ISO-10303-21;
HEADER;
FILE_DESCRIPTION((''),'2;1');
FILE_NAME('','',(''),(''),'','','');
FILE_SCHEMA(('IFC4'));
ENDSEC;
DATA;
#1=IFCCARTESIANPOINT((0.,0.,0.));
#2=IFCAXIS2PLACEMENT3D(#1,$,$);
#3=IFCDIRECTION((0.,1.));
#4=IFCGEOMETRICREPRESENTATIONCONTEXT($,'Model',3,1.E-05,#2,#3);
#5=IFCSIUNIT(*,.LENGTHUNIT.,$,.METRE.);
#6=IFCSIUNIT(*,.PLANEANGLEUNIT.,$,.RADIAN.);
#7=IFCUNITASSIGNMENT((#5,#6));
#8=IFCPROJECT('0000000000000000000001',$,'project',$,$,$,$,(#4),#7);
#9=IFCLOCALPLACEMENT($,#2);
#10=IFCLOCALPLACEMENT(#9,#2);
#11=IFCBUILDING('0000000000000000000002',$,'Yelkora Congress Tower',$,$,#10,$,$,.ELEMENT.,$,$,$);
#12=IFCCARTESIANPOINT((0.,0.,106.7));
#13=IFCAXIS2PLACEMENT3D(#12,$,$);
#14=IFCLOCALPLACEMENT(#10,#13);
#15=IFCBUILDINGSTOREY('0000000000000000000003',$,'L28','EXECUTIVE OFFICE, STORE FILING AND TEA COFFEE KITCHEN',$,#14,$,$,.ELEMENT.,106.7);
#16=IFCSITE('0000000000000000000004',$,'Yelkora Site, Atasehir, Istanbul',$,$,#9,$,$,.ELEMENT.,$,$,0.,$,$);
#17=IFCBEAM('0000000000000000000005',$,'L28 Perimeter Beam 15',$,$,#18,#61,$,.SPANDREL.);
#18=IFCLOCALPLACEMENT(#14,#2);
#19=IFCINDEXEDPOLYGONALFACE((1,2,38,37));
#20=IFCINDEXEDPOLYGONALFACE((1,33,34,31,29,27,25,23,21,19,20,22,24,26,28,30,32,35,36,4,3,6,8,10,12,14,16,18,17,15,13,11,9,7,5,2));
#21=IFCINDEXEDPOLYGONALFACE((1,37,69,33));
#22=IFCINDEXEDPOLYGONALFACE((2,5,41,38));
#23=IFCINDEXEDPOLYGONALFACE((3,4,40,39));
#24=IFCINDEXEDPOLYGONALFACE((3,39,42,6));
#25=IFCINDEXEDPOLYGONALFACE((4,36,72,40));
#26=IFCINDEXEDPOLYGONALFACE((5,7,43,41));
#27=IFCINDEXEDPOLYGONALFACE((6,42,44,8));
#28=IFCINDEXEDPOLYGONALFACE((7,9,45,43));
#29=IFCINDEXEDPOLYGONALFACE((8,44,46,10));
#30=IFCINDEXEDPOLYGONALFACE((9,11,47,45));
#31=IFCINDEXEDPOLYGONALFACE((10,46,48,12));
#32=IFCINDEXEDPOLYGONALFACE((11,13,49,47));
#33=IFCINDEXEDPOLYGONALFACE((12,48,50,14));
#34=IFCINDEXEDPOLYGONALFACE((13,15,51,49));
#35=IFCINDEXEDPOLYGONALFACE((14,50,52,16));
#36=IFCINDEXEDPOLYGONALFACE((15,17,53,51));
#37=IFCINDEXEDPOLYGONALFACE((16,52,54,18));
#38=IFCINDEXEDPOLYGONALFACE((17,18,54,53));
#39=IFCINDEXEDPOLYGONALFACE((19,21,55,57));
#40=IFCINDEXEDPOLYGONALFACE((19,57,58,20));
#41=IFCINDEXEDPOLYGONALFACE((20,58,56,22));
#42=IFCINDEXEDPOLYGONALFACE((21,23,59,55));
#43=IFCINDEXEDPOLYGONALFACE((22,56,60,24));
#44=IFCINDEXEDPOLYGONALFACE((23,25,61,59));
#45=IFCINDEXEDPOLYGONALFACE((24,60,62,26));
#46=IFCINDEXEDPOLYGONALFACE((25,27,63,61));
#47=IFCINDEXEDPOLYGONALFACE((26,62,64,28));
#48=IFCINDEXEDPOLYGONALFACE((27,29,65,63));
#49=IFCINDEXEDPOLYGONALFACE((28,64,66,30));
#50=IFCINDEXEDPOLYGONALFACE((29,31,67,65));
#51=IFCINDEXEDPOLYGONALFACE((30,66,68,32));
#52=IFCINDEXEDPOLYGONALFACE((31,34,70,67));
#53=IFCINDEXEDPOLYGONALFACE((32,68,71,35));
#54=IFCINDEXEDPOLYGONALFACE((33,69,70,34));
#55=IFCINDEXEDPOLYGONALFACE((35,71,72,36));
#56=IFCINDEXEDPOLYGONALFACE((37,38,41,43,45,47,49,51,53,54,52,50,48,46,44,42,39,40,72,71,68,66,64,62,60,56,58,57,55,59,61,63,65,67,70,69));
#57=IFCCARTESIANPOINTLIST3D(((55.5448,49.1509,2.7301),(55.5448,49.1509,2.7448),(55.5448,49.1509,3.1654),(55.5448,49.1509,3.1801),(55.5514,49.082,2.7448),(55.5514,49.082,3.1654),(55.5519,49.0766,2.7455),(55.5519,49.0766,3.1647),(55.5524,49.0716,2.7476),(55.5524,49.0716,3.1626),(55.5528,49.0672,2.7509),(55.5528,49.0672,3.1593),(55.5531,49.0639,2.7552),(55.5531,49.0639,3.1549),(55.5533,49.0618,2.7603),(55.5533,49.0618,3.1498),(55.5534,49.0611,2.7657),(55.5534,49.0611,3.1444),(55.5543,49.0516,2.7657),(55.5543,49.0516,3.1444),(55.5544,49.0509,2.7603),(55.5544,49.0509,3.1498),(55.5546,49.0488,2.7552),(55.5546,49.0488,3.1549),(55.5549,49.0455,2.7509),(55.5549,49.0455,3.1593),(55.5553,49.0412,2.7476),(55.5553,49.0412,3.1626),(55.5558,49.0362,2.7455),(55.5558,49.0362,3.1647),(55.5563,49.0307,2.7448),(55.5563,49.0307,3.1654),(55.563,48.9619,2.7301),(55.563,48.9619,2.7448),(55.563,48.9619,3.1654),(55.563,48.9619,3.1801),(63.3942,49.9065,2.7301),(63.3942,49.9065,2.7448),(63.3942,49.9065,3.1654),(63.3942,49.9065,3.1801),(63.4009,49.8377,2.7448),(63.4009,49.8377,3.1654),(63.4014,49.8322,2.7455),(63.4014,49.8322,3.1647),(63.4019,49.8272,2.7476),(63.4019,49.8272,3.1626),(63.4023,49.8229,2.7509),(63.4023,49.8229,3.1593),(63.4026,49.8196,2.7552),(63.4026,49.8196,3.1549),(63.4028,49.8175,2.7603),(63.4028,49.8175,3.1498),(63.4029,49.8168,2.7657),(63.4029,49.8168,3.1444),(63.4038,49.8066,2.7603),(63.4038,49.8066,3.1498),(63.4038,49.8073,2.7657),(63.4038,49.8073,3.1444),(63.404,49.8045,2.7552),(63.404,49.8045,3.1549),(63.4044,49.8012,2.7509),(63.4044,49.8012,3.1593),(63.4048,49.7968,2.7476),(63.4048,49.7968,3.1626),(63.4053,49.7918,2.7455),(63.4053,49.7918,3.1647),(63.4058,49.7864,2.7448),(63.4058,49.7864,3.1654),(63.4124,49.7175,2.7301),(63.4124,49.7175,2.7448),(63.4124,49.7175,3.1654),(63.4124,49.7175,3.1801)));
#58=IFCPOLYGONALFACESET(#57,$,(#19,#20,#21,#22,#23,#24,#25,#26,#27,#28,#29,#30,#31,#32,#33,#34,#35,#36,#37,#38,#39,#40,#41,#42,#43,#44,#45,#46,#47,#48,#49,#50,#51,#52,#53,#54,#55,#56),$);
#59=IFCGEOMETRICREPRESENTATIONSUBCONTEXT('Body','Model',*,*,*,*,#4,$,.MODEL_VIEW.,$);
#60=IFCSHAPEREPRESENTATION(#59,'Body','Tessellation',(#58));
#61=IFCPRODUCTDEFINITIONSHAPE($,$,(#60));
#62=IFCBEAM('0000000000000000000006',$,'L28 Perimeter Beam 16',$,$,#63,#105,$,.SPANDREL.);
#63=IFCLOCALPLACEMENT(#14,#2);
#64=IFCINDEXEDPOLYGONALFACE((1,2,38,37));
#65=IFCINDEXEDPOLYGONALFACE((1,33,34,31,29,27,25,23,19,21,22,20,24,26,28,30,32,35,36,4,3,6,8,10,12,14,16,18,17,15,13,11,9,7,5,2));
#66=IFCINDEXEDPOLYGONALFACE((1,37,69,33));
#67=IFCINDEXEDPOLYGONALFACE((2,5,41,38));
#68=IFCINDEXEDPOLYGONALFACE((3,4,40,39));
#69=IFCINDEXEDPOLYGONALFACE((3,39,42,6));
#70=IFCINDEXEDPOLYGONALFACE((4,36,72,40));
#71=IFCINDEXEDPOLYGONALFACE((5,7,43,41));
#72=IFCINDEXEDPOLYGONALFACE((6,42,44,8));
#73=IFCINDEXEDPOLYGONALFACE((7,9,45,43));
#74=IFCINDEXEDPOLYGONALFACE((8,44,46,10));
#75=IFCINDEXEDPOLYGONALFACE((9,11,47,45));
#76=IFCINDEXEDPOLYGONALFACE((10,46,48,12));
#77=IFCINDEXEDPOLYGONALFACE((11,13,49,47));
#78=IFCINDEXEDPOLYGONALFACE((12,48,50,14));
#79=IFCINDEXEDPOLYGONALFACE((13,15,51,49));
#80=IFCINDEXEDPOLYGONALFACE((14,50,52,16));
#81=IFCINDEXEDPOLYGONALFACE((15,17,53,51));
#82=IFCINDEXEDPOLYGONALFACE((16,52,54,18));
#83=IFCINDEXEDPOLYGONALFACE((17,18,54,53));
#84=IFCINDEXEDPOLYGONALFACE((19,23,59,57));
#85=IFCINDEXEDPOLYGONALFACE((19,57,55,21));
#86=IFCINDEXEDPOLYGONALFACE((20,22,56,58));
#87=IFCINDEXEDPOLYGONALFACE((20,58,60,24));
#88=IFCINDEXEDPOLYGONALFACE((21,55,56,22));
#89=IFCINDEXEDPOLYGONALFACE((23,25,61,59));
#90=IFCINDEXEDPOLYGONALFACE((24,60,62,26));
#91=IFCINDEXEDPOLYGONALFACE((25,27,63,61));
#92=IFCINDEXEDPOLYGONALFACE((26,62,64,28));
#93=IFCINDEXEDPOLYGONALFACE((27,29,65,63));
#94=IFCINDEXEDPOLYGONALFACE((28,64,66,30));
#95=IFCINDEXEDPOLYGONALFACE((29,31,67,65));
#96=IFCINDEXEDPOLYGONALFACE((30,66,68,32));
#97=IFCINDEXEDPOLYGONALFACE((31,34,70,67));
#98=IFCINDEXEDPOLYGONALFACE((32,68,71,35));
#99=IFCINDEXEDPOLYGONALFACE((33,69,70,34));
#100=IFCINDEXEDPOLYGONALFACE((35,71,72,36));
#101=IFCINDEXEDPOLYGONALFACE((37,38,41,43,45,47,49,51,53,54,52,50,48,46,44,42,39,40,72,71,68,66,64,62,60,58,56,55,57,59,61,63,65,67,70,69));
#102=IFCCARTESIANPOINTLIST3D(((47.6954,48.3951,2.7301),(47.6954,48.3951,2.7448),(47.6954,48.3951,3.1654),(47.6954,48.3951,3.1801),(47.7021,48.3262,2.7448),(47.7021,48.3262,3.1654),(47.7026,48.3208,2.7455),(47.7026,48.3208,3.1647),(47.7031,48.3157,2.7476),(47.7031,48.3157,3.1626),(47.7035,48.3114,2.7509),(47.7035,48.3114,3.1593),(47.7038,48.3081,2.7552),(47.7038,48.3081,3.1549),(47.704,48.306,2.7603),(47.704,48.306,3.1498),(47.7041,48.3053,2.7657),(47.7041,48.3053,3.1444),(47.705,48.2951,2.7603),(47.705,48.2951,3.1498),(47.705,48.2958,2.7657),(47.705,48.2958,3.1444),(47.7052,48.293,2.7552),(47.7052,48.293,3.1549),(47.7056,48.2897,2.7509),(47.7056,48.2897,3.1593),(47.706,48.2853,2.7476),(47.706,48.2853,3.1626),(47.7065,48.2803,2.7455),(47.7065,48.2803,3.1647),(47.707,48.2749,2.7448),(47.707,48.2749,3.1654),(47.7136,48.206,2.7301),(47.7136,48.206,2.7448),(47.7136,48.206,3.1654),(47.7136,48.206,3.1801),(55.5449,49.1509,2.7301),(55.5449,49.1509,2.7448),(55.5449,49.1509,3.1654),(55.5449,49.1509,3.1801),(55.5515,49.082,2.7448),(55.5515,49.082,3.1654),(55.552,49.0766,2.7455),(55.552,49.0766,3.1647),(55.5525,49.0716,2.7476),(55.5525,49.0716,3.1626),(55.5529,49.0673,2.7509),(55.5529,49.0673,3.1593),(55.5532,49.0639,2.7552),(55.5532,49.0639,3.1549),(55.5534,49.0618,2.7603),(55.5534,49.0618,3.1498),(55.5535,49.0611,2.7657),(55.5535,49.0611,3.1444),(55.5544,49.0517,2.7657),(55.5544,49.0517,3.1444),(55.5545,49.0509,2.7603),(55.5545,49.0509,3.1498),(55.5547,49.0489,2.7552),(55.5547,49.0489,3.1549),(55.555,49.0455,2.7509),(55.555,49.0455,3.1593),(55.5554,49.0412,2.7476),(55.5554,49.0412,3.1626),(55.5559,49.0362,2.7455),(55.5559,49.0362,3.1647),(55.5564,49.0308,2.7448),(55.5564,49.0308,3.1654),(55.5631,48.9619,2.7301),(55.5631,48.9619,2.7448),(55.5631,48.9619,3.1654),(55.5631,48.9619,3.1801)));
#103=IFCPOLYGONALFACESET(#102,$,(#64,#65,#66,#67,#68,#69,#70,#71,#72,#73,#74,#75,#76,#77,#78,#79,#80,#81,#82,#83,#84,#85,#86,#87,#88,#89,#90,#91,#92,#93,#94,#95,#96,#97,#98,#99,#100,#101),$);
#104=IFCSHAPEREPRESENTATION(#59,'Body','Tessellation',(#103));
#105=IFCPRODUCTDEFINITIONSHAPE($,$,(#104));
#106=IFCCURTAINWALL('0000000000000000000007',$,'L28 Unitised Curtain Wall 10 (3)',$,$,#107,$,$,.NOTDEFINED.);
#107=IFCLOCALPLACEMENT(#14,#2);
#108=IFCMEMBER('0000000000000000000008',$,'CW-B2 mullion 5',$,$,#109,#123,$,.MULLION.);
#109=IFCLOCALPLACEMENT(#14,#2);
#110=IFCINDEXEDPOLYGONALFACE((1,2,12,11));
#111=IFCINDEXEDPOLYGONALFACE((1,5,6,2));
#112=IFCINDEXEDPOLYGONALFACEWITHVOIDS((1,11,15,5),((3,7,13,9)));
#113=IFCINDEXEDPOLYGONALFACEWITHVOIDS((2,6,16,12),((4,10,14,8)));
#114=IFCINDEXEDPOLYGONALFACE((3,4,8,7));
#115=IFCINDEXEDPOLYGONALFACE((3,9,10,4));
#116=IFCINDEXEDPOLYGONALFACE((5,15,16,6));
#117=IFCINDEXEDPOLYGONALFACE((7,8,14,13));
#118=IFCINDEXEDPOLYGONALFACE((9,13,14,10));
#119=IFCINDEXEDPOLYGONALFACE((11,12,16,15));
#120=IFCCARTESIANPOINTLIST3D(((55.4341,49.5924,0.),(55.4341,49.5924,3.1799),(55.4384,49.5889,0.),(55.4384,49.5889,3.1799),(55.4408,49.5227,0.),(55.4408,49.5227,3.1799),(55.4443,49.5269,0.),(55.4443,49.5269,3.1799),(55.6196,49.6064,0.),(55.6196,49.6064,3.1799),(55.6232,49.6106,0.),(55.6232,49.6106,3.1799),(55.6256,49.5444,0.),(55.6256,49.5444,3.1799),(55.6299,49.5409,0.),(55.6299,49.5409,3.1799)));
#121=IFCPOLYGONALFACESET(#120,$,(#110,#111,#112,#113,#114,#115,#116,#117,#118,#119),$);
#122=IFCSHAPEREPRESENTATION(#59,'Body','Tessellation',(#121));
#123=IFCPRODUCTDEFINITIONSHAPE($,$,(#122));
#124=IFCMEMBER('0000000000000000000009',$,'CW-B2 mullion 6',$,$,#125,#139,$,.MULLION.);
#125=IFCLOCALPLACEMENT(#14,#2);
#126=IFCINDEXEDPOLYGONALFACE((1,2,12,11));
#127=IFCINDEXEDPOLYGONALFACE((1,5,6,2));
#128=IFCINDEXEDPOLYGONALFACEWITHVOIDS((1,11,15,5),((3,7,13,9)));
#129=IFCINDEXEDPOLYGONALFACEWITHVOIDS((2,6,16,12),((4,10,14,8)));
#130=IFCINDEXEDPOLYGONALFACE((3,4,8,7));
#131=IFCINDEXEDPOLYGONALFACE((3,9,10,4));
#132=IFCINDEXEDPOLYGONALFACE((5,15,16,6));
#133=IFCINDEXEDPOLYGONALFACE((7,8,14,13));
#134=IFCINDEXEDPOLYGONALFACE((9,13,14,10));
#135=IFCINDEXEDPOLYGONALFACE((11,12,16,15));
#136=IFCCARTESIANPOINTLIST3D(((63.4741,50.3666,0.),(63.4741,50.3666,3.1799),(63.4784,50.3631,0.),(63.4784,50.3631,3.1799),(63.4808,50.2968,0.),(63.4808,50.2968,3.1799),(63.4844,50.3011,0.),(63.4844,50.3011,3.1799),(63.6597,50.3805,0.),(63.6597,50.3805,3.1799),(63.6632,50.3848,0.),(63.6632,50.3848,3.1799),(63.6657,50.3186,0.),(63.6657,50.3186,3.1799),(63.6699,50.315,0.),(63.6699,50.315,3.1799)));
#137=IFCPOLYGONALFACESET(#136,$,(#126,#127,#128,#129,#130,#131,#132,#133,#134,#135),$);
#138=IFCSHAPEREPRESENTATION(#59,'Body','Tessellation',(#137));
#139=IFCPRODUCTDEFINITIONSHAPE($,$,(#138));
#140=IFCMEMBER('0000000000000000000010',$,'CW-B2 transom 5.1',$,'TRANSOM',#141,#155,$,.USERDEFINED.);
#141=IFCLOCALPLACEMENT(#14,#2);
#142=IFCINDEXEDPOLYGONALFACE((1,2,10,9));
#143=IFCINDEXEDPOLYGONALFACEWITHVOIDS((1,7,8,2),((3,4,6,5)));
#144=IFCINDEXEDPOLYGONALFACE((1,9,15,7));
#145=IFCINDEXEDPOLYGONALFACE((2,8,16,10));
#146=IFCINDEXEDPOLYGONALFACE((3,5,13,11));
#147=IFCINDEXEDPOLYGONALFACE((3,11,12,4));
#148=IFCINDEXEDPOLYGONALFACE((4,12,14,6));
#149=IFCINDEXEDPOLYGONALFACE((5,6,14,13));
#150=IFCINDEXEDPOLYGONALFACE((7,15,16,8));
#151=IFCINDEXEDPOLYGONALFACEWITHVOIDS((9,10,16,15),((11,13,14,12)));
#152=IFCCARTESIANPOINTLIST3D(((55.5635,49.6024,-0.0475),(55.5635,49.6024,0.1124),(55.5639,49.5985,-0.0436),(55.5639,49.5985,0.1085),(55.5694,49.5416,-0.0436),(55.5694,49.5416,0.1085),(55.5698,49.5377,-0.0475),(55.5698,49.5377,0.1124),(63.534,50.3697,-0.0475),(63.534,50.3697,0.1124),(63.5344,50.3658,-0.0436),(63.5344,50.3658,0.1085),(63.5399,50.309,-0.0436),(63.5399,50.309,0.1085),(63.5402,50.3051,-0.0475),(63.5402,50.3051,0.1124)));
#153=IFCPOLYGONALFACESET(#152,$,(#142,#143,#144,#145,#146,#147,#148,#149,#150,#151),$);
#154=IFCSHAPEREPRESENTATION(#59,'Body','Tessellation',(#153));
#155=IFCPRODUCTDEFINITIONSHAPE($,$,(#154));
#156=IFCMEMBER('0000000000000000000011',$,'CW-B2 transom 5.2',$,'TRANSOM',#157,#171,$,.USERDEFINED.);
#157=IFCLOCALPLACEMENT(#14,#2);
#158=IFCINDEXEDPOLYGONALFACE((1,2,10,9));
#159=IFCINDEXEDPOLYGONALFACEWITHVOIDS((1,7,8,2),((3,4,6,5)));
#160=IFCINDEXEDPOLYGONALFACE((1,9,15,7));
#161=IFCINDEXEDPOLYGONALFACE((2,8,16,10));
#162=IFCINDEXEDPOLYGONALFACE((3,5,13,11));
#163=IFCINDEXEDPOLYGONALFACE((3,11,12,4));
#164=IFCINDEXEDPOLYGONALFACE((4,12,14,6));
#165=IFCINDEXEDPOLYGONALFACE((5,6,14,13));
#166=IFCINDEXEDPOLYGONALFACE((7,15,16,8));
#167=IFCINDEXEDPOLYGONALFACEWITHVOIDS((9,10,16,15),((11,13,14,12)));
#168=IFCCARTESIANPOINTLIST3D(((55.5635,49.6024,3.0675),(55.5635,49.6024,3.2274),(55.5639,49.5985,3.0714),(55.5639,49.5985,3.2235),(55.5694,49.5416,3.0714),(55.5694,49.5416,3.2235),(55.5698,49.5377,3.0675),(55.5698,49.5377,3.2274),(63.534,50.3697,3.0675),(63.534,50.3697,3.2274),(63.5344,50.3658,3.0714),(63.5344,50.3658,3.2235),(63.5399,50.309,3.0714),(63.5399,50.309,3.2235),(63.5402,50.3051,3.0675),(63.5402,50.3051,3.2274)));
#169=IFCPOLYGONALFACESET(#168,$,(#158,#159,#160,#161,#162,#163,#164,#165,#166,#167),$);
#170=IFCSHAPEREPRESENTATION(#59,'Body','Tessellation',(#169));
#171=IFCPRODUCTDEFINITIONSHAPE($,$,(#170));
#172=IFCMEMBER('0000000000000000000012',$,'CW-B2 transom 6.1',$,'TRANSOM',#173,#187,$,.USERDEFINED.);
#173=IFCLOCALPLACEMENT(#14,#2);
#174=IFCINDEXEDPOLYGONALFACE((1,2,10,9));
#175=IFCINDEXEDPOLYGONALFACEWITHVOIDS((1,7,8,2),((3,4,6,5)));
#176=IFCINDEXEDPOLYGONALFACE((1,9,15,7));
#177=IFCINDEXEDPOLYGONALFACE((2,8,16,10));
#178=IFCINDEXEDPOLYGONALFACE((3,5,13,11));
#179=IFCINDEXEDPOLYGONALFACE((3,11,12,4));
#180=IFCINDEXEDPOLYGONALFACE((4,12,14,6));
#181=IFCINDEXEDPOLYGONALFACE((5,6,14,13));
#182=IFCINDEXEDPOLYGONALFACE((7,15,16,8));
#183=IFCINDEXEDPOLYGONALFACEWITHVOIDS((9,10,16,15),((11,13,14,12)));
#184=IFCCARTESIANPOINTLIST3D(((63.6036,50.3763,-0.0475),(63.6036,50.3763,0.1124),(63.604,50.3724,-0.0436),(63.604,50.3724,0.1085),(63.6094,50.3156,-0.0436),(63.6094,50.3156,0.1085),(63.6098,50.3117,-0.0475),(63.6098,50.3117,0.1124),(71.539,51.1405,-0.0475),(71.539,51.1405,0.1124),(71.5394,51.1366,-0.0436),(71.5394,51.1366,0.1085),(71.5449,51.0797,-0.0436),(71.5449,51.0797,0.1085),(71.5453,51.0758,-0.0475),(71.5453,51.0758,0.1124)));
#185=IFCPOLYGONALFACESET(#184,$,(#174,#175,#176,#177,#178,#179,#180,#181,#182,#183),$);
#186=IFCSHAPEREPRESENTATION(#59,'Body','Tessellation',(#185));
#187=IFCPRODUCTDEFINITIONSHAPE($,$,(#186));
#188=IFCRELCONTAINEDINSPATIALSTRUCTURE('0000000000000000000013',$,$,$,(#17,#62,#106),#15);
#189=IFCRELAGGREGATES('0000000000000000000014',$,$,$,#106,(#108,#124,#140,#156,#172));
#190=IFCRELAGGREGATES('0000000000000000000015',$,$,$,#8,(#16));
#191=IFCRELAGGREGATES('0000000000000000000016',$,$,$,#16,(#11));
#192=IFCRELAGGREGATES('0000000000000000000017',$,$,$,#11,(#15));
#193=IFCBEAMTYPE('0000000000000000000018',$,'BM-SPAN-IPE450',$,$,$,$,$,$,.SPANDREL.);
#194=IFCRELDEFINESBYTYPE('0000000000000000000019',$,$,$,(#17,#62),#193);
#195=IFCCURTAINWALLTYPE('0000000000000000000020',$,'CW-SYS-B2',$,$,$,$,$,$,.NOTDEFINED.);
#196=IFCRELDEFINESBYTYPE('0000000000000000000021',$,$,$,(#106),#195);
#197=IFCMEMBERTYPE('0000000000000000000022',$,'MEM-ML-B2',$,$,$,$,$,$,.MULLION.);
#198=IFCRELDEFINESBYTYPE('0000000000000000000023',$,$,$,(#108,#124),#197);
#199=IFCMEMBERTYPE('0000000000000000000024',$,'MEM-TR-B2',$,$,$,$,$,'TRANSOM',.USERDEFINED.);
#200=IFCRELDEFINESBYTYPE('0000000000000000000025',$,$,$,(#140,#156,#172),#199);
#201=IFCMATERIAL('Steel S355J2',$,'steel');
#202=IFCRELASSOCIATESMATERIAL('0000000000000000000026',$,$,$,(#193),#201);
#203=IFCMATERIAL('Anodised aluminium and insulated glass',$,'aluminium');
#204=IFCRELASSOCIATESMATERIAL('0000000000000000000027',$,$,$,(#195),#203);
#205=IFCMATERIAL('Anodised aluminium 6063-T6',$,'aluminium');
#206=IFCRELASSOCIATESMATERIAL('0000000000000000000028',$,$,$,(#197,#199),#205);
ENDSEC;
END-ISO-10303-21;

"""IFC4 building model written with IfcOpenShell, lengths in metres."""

from ifc_helpers import new_model, si_unit, direction, frame, origin, origin_2d, place, context, subcontext, project, spatial, hollow_rectangle, i_section, extrude, material, material_profile, profile_set, type_object, element, aggregate, save


model = new_model("IFC4")

# Units and contexts
model_context = context("Model", 3, precision=1e-05, world=origin(), true_north=direction((0.0, 1.0)))
body_context = subcontext(model_context, "Body", "Model", "MODEL_VIEW")
ifc_project = project(units=[si_unit("LENGTHUNIT", "METRE"), si_unit("PLANEANGLEUNIT", "RADIAN")], contexts=[model_context])

# Site, building, storey
site_placement = place(None, origin())
site = spatial("IfcSite", under=ifc_project, at=site_placement, Name="Yelkora Site, Atasehir, Istanbul", CompositionType="ELEMENT", RefElevation=0.0)
building_placement = place(site_placement, origin())
building = spatial("IfcBuilding", under=site, at=building_placement, Name="Yelkora Congress Tower", CompositionType="ELEMENT")
storey_placement = place(building_placement, frame((0.0, 0.0, 106.7)))
storey = spatial("IfcBuildingStorey", under=building, at=storey_placement, Name="L28", Description="EXECUTIVE OFFICE, STORE FILING AND TEA COFFEE KITCHEN", CompositionType="ELEMENT", Elevation=106.7)

# Beams
ifc_material_1 = material(Name="Steel S355J2", Category="steel")
ifc_material_profile_1 = material_profile(ifc_material_1, i_section(OverallWidth=0.1899, OverallDepth=0.45, WebThickness=0.0095, FlangeThickness=0.0146, FilletRadius=0.021, at=origin_2d()), Name="IPE 450")
ifc_profile_set_1 = profile_set([ifc_material_profile_1], Name="Steel S355J2")
beam_type_1 = type_object("IfcBeamType", Name="BM-SPAN-IPE450", PredefinedType="SPANDREL", material=ifc_profile_set_1)
for number, where, z_axis, x_axis, name in (
    (1, (63.4033, 49.812, 2.9551), (-0.995399, -0.095822, 0.0), (0.095822, -0.995399, 0.0), "L28 Perimeter Beam 15"),
    (2, (55.554, 49.0564, 2.9551), (-0.995396, -0.095852, 0.0), (0.095852, -0.995396, 0.0), "L28 Perimeter Beam 16"),
):
    element("IfcBeam", number, at=place(storey_placement, frame(where, z_axis=z_axis, x_axis=x_axis)), inside=storey, type_object=beam_type_1, Name=name, PredefinedType="SPANDREL", context=body_context, shape_type="SweptSolid", body=[
        extrude(i_section(OverallWidth=0.1899, OverallDepth=0.45, WebThickness=0.0095, FlangeThickness=0.0146, FilletRadius=0.021, at=origin_2d()), origin(), (0.0, 0.0, 1.0), 7.8857),
    ])

# Curtain wall, members
ifc_material_2 = material(Name="Anodised aluminium and insulated glass", Category="aluminium")
curtain_wall_type = type_object("IfcCurtainWallType", Name="CW-SYS-B2", PredefinedType="NOTDEFINED", material=ifc_material_2)
curtain_wall_placement = place(storey_placement, origin())
curtain_wall = element("IfcCurtainWall", 3, at=curtain_wall_placement, inside=storey, type_object=curtain_wall_type, Name="L28 Unitised Curtain Wall 10 (3)", PredefinedType="NOTDEFINED")
ifc_material_3 = material(Name="Anodised aluminium 6063-T6", Category="aluminium")
ifc_material_profile_2 = material_profile(ifc_material_3, hollow_rectangle(XDim=0.0701, YDim=0.1899, WallThickness=0.0039, at=origin_2d()), Name="ALU 70x190x4")
ifc_profile_set_2 = profile_set([ifc_material_profile_2], Name="Anodised aluminium 6063-T6")
member_type_1 = type_object("IfcMemberType", Name="MEM-ML-B2", PredefinedType="MULLION", material=ifc_profile_set_2)
member_1_placement = place(storey_placement, frame((55.532, 49.5667, 0.0), z_axis=(0.0, 0.0, 1.0), x_axis=(-0.095844, 0.995396, 0.0)))
member_1 = element("IfcMember", 4, at=member_1_placement, type_object=member_type_1, Name="CW-B2 mullion 5", PredefinedType="MULLION", context=body_context, shape_type="SweptSolid", body=[
    extrude(hollow_rectangle(XDim=0.0701, YDim=0.1899, WallThickness=0.0039, at=origin_2d()), origin(), (0.0, 0.0, 1.0), 3.1799),
])
member_2_placement = place(storey_placement, frame((63.572, 50.3408, 0.0), z_axis=(0.0, 0.0, 1.0), x_axis=(-0.095844, 0.995396, 0.0)))
member_2 = element("IfcMember", 5, at=member_2_placement, type_object=member_type_1, Name="CW-B2 mullion 6", PredefinedType="MULLION", context=body_context, shape_type="SweptSolid", body=[
    extrude(hollow_rectangle(XDim=0.0701, YDim=0.1899, WallThickness=0.0039, at=origin_2d()), origin(), (0.0, 0.0, 1.0), 3.1799),
])
ifc_material_profile_3 = material_profile(ifc_material_3, hollow_rectangle(XDim=0.0649, YDim=0.1599, WallThickness=0.0039, at=origin_2d()), Name="ALU 65x160x4")
ifc_profile_set_3 = profile_set([ifc_material_profile_3], Name="Anodised aluminium 6063-T6")
member_type_2 = type_object("IfcMemberType", Name="MEM-TR-B2", ElementType="TRANSOM", PredefinedType="USERDEFINED", material=ifc_profile_set_3)
member_3_placement = place(storey_placement, frame((55.5667, 49.5701, 0.0325), z_axis=(0.995398, 0.095829, 0.0), x_axis=(-0.095829, 0.995398, 0.0)))
member_3 = element("IfcMember", 6, at=member_3_placement, type_object=member_type_2, Name="CW-B2 transom 5.1", ObjectType="TRANSOM", PredefinedType="USERDEFINED", context=body_context, shape_type="SweptSolid", body=[
    extrude(hollow_rectangle(XDim=0.0649, YDim=0.1599, WallThickness=0.0039, at=origin_2d()), origin(), (0.0, 0.0, 1.0), 8.0073),
])
member_4_placement = place(storey_placement, frame((55.5667, 49.5701, 3.1475), z_axis=(0.995398, 0.095829, 0.0), x_axis=(-0.095829, 0.995398, 0.0)))
member_4 = element("IfcMember", 7, at=member_4_placement, type_object=member_type_2, Name="CW-B2 transom 5.2", ObjectType="TRANSOM", PredefinedType="USERDEFINED", context=body_context, shape_type="SweptSolid", body=[
    extrude(hollow_rectangle(XDim=0.0649, YDim=0.1599, WallThickness=0.0039, at=origin_2d()), origin(), (0.0, 0.0, 1.0), 8.0073),
])
member_5_placement = place(storey_placement, frame((63.6067, 50.344, 0.0325), z_axis=(0.995396, 0.095852, 0.0), x_axis=(-0.095852, 0.995396, 0.0)))
member_5 = element("IfcMember", 8, at=member_5_placement, type_object=member_type_2, Name="CW-B2 transom 6.1", ObjectType="TRANSOM", PredefinedType="USERDEFINED", context=body_context, shape_type="SweptSolid", body=[
    extrude(hollow_rectangle(XDim=0.0649, YDim=0.1599, WallThickness=0.0039, at=origin_2d()), origin(), (0.0, 0.0, 1.0), 7.9722),
])
aggregate(curtain_wall, [member_1, member_2, member_3, member_4, member_5])

save(model, "model.ifc")
